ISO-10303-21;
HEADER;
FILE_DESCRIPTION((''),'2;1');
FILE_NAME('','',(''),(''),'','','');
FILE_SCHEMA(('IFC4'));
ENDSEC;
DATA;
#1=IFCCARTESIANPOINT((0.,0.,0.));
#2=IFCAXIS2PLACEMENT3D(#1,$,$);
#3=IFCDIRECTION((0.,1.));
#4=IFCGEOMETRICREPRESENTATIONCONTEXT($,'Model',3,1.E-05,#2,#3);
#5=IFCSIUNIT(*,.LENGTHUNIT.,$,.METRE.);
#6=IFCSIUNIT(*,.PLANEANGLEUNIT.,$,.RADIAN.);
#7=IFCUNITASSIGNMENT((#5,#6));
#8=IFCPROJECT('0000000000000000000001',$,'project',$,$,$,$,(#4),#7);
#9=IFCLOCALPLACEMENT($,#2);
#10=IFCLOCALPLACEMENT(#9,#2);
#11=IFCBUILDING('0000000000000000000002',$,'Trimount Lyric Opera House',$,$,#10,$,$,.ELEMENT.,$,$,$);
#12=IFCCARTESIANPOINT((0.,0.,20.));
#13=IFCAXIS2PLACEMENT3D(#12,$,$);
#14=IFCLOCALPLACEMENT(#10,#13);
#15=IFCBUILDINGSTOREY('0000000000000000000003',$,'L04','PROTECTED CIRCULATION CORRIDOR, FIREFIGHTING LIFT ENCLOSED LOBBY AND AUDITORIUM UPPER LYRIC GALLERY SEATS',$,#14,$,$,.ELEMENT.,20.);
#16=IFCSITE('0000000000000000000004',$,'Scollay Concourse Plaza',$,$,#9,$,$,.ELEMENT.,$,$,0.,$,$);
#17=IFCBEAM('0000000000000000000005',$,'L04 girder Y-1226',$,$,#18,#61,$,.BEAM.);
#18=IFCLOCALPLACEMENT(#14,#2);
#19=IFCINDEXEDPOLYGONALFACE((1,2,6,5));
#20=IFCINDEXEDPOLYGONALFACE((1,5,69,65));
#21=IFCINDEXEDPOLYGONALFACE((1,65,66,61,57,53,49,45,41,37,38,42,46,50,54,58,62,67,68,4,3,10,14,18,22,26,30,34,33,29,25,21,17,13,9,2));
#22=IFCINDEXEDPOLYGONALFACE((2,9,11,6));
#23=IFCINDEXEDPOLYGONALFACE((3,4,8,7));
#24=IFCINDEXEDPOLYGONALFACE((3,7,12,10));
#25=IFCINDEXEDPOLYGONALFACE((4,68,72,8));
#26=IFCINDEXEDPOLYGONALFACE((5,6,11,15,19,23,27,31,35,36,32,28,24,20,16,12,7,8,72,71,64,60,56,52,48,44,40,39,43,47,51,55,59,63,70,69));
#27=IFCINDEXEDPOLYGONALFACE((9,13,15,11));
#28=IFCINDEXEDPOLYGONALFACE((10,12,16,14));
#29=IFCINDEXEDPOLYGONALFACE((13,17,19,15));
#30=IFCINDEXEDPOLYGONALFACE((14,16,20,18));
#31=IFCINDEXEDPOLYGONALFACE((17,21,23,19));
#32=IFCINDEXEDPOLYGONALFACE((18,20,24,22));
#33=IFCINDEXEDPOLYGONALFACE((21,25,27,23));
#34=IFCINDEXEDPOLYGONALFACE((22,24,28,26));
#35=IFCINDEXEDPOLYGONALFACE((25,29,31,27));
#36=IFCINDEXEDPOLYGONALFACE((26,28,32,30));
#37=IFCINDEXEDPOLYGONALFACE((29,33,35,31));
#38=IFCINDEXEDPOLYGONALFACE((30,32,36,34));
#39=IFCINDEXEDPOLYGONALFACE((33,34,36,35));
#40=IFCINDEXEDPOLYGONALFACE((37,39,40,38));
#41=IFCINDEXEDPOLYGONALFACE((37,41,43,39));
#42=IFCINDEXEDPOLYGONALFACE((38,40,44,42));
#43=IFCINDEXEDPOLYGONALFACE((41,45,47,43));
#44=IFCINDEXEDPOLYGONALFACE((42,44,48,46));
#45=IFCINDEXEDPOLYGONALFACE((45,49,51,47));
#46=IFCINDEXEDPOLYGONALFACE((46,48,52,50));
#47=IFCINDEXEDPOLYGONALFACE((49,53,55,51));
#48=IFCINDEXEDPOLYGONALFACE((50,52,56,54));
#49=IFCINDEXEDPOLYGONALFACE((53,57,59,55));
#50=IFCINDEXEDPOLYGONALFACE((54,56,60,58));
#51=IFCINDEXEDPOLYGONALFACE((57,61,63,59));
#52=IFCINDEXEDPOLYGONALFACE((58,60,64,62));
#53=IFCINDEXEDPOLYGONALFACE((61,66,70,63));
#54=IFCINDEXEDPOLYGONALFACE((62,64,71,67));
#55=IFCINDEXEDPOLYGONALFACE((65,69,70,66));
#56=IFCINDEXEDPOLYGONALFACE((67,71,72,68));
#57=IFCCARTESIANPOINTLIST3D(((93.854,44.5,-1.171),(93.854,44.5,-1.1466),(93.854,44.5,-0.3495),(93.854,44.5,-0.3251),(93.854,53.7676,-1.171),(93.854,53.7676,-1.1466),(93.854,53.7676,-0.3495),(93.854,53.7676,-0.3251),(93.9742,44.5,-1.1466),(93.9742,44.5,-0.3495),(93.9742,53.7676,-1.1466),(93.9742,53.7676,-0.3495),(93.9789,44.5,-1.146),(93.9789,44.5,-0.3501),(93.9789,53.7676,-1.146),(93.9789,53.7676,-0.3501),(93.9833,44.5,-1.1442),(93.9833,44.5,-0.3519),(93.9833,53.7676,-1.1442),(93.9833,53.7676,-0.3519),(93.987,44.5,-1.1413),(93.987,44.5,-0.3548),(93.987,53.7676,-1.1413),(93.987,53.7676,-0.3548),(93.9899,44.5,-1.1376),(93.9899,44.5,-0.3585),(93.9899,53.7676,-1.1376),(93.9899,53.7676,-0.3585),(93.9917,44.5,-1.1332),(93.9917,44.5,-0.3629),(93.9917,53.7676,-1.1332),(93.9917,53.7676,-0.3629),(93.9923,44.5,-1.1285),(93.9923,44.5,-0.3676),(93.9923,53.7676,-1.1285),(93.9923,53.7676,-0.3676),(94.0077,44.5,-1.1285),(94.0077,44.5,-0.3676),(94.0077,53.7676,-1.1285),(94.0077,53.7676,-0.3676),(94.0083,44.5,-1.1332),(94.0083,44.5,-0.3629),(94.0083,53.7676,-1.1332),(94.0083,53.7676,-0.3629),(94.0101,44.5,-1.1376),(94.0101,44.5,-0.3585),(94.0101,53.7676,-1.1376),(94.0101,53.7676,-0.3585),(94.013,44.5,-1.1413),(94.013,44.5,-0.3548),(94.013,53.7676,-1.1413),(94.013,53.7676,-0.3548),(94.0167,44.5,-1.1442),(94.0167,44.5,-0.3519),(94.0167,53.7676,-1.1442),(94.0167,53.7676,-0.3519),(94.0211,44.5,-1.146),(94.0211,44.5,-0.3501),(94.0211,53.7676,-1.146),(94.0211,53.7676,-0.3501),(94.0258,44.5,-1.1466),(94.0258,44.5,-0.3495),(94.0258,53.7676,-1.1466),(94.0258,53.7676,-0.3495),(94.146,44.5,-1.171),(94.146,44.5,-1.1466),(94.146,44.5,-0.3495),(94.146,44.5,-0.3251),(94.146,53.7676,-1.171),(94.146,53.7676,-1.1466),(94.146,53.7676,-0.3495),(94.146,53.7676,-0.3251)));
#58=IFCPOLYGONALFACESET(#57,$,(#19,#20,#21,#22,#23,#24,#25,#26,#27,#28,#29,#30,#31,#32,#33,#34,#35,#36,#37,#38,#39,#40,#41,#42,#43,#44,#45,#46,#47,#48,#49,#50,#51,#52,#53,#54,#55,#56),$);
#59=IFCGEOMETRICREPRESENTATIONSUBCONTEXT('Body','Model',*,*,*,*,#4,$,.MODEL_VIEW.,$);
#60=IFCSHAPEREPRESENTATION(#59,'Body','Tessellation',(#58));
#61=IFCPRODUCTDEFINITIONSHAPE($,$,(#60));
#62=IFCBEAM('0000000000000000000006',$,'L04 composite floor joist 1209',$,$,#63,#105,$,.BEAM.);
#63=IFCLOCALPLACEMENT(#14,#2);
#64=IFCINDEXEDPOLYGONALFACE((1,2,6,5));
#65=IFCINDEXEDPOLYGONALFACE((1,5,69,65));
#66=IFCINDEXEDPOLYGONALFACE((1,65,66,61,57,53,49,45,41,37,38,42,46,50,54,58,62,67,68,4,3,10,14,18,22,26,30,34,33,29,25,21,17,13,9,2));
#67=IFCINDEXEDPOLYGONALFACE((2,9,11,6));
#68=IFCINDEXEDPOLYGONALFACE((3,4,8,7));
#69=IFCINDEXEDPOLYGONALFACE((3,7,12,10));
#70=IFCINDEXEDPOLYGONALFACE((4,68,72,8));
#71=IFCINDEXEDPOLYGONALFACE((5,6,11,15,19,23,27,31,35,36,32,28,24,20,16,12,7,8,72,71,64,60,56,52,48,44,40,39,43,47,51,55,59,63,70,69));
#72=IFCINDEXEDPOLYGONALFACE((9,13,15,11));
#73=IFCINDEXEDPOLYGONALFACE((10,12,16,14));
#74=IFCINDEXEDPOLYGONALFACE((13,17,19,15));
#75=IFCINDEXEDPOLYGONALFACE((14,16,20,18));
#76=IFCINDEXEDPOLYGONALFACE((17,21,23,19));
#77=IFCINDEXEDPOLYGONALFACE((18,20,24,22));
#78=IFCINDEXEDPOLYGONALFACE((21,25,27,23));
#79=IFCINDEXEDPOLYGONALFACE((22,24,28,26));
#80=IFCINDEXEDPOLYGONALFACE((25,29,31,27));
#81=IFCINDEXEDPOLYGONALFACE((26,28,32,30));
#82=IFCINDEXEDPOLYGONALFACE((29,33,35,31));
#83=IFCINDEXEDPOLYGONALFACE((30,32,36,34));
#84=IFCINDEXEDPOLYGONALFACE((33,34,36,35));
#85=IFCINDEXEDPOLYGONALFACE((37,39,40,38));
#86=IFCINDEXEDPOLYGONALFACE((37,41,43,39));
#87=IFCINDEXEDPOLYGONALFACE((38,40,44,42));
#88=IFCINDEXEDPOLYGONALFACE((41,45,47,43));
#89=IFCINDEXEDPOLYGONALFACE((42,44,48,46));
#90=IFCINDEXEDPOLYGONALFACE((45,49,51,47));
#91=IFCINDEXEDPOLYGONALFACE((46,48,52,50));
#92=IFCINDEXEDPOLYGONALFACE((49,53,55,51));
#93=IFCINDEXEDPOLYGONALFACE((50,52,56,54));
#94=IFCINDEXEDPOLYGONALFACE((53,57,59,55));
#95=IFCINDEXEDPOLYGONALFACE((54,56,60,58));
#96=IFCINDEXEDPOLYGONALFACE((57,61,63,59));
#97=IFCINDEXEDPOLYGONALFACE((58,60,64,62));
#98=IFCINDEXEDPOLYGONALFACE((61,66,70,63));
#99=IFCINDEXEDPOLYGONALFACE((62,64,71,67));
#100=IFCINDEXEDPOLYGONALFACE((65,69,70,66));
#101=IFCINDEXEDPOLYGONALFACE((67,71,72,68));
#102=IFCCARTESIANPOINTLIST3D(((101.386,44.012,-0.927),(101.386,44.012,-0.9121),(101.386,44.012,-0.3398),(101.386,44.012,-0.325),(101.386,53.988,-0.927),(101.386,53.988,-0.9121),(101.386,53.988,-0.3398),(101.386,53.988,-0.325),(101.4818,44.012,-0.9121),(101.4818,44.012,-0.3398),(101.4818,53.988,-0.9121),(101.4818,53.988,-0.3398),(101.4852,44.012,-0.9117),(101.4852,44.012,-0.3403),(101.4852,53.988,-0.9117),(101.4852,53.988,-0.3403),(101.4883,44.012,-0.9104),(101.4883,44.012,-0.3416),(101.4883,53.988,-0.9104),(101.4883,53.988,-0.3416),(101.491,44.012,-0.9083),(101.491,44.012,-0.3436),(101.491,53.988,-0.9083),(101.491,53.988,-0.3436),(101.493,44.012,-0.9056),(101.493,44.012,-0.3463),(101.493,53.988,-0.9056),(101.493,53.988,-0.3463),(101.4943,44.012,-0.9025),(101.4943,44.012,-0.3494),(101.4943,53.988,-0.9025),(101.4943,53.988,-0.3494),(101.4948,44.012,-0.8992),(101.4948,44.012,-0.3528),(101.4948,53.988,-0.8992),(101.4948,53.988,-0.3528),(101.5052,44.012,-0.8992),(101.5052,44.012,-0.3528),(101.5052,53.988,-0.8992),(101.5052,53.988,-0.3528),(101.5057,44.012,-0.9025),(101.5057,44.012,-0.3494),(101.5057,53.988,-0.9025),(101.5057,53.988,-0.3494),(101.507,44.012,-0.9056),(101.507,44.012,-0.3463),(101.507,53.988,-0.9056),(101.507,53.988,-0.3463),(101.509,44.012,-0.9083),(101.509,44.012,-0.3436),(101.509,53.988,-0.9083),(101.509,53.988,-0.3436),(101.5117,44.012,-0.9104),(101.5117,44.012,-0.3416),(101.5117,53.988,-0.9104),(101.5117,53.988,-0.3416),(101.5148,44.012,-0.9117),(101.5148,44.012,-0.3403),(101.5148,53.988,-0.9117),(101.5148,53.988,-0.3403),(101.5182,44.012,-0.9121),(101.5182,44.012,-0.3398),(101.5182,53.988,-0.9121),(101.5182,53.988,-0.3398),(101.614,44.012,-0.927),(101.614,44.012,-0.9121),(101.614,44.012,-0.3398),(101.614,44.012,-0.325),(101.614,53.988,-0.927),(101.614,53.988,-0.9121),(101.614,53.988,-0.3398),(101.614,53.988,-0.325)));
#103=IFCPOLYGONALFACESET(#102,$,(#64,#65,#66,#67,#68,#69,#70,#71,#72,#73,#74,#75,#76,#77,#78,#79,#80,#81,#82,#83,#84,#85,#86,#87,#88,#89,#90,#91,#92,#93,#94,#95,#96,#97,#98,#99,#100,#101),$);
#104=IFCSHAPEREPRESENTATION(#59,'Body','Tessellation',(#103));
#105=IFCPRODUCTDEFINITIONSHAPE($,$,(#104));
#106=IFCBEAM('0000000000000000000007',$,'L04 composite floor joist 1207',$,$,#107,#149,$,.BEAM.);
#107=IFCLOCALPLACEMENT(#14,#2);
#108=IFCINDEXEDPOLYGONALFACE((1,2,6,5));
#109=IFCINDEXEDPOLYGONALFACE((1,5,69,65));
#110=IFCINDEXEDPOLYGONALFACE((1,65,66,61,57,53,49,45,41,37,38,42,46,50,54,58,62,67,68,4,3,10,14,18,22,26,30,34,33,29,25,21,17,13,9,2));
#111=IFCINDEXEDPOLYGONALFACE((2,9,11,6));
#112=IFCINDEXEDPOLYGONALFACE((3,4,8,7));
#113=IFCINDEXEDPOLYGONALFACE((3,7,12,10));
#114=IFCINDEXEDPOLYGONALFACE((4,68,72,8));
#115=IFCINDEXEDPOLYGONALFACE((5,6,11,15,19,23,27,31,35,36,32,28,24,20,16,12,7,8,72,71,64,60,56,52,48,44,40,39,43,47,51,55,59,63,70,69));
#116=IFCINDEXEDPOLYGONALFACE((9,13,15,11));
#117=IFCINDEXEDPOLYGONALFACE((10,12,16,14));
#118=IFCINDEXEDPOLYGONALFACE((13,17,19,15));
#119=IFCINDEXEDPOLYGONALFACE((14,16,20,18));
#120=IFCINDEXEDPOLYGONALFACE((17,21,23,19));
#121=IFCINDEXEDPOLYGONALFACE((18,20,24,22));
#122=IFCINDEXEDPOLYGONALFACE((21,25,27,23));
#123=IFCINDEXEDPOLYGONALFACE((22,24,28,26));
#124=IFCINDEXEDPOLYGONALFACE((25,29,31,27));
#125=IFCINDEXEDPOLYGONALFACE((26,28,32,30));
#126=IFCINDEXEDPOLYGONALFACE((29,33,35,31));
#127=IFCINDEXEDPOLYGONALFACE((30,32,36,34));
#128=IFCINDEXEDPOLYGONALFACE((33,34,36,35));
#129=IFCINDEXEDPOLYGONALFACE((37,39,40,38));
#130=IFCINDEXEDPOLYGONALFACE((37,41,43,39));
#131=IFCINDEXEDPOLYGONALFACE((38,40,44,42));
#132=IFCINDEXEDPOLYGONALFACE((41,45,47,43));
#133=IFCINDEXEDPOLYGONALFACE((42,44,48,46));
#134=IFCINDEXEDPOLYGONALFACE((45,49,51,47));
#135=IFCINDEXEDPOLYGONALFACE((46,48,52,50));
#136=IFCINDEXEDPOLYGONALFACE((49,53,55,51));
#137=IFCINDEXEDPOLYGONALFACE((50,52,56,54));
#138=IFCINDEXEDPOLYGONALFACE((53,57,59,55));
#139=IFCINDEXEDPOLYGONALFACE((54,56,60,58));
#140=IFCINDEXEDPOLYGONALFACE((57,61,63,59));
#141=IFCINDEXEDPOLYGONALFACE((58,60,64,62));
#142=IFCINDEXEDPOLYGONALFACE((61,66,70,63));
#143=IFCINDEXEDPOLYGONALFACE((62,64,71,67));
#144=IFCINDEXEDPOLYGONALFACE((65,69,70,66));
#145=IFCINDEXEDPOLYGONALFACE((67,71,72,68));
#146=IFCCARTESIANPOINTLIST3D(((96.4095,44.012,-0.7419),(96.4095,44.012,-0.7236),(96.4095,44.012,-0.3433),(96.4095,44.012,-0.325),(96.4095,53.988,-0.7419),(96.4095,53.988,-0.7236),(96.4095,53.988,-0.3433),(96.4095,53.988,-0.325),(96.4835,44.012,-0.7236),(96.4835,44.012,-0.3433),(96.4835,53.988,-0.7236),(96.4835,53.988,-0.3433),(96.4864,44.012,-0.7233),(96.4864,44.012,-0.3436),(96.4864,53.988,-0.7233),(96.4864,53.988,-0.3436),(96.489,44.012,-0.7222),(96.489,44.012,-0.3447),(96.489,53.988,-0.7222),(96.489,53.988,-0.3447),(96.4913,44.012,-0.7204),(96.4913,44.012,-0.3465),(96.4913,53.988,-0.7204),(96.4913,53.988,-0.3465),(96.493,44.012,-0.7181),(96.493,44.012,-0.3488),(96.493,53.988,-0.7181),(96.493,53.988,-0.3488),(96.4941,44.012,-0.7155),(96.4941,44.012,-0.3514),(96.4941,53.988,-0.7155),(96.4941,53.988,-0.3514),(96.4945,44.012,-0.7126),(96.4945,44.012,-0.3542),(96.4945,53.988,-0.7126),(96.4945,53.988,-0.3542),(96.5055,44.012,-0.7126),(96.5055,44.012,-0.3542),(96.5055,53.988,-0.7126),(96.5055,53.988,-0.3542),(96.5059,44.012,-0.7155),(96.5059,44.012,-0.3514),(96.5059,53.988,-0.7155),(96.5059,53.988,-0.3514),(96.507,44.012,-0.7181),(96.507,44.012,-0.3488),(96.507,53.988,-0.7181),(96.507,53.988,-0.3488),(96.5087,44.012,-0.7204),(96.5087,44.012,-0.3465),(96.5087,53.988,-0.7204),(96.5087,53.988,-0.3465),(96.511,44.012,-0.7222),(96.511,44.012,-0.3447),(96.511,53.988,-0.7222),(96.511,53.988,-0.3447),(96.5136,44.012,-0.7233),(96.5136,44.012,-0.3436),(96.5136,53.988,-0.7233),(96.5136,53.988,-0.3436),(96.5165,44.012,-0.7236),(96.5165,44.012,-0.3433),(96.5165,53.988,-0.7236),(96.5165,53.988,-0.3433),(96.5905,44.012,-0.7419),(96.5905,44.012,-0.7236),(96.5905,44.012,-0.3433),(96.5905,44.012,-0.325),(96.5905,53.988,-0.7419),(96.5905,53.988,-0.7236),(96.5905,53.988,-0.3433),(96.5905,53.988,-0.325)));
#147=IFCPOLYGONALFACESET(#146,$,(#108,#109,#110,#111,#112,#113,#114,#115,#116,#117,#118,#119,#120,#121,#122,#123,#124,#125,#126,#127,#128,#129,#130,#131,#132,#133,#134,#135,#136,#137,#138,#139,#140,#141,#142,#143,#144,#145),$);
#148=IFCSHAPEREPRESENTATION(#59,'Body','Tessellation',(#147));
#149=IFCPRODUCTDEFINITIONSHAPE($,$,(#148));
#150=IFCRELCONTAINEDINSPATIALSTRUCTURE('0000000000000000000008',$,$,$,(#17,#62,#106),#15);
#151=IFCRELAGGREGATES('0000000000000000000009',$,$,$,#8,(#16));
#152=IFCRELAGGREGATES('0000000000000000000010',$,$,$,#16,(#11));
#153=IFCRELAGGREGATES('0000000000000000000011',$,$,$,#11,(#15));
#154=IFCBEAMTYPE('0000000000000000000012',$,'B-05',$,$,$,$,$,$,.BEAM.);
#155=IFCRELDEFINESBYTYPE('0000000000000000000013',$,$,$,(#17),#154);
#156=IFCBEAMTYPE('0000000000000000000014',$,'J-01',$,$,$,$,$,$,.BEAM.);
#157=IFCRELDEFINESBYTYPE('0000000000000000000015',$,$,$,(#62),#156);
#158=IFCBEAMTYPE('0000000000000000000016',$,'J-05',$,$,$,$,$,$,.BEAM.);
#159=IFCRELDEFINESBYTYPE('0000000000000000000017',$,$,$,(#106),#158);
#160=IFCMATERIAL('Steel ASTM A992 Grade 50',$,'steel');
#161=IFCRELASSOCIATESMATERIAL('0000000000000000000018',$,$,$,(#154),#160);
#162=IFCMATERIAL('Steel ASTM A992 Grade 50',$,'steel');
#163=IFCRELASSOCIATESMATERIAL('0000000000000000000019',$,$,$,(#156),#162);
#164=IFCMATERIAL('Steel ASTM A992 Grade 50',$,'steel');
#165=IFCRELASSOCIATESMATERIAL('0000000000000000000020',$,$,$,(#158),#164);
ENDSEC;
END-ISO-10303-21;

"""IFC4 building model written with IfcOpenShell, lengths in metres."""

from ifc_helpers import new_model, si_unit, direction, frame, origin, origin_2d, place, context, subcontext, project, spatial, i_section, extrude, material, material_profile, profile_set, type_object, element, save


model = new_model("IFC4")

# Units and contexts
model_context = context("Model", 3, precision=1e-05, world=origin(), true_north=direction((0.0, 1.0)))
body_context = subcontext(model_context, "Body", "Model", "MODEL_VIEW")
ifc_project = project(units=[si_unit("LENGTHUNIT", "METRE"), si_unit("PLANEANGLEUNIT", "RADIAN")], contexts=[model_context])

# Site, building, storey
site_placement = place(None, origin())
site = spatial("IfcSite", under=ifc_project, at=site_placement, Name="Scollay Concourse Plaza", CompositionType="ELEMENT", RefElevation=0.0)
building_placement = place(site_placement, origin())
building = spatial("IfcBuilding", under=site, at=building_placement, Name="Trimount Lyric Opera House", CompositionType="ELEMENT")
storey_placement = place(building_placement, frame((0.0, 0.0, 20.0)))
storey = spatial("IfcBuildingStorey", under=building, at=storey_placement, Name="L04", Description="PROTECTED CIRCULATION CORRIDOR, FIREFIGHTING LIFT ENCLOSED LOBBY AND AUDITORIUM UPPER LYRIC GALLERY SEATS", CompositionType="ELEMENT", Elevation=20.0)

# Beams
ifc_material_1 = material(Name="Steel ASTM A992 Grade 50", Category="steel")
ifc_material_profile_1 = material_profile(ifc_material_1, i_section(OverallWidth=0.292, OverallDepth=0.8459, WebThickness=0.0154, FlangeThickness=0.0244, FilletRadius=0.0181, at=origin_2d()), Name="W33X141")
ifc_profile_set_1 = profile_set([ifc_material_profile_1], Name="Steel ASTM A992 Grade 50")
beam_type_1 = type_object("IfcBeamType", Name="B-05", PredefinedType="BEAM", material=ifc_profile_set_1)
beam_1_placement = place(storey_placement, frame((94.0, 44.5, -0.748), z_axis=(0.0, 1.0, 0.0), x_axis=(-1.0, 0.0, 0.0)))
element("IfcBeam", 1, at=beam_1_placement, inside=storey, type_object=beam_type_1, Name="L04 girder Y-1226", PredefinedType="BEAM", context=body_context, shape_type="SweptSolid", body=[
    extrude(i_section(OverallWidth=0.292, OverallDepth=0.8459, WebThickness=0.0154, FlangeThickness=0.0244, FilletRadius=0.0181, at=origin_2d()), origin(), (0.0, 0.0, 1.0), 9.2676),
])
ifc_material_2 = material(Name="Steel ASTM A992 Grade 50", Category="steel")
ifc_material_profile_2 = material_profile(ifc_material_2, i_section(OverallWidth=0.228, OverallDepth=0.6021, WebThickness=0.0105, FlangeThickness=0.0149, FilletRadius=0.0129, at=origin_2d()), Name="W24X68")
ifc_profile_set_2 = profile_set([ifc_material_profile_2], Name="Steel ASTM A992 Grade 50")
beam_type_2 = type_object("IfcBeamType", Name="J-01", PredefinedType="BEAM", material=ifc_profile_set_2)
beam_2_placement = place(storey_placement, frame((101.5, 44.012, -0.626), z_axis=(0.0, 1.0, 0.0), x_axis=(-1.0, 0.0, 0.0)))
element("IfcBeam", 2, at=beam_2_placement, inside=storey, type_object=beam_type_2, Name="L04 composite floor joist 1209", PredefinedType="BEAM", context=body_context, shape_type="SweptSolid", body=[
    extrude(i_section(OverallWidth=0.228, OverallDepth=0.6021, WebThickness=0.0105, FlangeThickness=0.0149, FilletRadius=0.0129, at=origin_2d()), origin(), (0.0, 0.0, 1.0), 9.9761),
])
ifc_material_3 = material(Name="Steel ASTM A992 Grade 50", Category="steel")
ifc_material_profile_3 = material_profile(ifc_material_3, i_section(OverallWidth=0.1809, OverallDepth=0.417, WebThickness=0.011, FlangeThickness=0.0183, FilletRadius=0.011, at=origin_2d()), Name="W16X57")
ifc_profile_set_3 = profile_set([ifc_material_profile_3], Name="Steel ASTM A992 Grade 50")
beam_type_3 = type_object("IfcBeamType", Name="J-05", PredefinedType="BEAM", material=ifc_profile_set_3)
beam_3_placement = place(storey_placement, frame((96.5, 44.012, -0.5334), z_axis=(0.0, 1.0, 0.0), x_axis=(-1.0, 0.0, 0.0)))
element("IfcBeam", 3, at=beam_3_placement, inside=storey, type_object=beam_type_3, Name="L04 composite floor joist 1207", PredefinedType="BEAM", context=body_context, shape_type="SweptSolid", body=[
    extrude(i_section(OverallWidth=0.1809, OverallDepth=0.417, WebThickness=0.011, FlangeThickness=0.0183, FilletRadius=0.011, at=origin_2d()), origin(), (0.0, 0.0, 1.0), 9.9761),
])

save(model, "model.ifc")
